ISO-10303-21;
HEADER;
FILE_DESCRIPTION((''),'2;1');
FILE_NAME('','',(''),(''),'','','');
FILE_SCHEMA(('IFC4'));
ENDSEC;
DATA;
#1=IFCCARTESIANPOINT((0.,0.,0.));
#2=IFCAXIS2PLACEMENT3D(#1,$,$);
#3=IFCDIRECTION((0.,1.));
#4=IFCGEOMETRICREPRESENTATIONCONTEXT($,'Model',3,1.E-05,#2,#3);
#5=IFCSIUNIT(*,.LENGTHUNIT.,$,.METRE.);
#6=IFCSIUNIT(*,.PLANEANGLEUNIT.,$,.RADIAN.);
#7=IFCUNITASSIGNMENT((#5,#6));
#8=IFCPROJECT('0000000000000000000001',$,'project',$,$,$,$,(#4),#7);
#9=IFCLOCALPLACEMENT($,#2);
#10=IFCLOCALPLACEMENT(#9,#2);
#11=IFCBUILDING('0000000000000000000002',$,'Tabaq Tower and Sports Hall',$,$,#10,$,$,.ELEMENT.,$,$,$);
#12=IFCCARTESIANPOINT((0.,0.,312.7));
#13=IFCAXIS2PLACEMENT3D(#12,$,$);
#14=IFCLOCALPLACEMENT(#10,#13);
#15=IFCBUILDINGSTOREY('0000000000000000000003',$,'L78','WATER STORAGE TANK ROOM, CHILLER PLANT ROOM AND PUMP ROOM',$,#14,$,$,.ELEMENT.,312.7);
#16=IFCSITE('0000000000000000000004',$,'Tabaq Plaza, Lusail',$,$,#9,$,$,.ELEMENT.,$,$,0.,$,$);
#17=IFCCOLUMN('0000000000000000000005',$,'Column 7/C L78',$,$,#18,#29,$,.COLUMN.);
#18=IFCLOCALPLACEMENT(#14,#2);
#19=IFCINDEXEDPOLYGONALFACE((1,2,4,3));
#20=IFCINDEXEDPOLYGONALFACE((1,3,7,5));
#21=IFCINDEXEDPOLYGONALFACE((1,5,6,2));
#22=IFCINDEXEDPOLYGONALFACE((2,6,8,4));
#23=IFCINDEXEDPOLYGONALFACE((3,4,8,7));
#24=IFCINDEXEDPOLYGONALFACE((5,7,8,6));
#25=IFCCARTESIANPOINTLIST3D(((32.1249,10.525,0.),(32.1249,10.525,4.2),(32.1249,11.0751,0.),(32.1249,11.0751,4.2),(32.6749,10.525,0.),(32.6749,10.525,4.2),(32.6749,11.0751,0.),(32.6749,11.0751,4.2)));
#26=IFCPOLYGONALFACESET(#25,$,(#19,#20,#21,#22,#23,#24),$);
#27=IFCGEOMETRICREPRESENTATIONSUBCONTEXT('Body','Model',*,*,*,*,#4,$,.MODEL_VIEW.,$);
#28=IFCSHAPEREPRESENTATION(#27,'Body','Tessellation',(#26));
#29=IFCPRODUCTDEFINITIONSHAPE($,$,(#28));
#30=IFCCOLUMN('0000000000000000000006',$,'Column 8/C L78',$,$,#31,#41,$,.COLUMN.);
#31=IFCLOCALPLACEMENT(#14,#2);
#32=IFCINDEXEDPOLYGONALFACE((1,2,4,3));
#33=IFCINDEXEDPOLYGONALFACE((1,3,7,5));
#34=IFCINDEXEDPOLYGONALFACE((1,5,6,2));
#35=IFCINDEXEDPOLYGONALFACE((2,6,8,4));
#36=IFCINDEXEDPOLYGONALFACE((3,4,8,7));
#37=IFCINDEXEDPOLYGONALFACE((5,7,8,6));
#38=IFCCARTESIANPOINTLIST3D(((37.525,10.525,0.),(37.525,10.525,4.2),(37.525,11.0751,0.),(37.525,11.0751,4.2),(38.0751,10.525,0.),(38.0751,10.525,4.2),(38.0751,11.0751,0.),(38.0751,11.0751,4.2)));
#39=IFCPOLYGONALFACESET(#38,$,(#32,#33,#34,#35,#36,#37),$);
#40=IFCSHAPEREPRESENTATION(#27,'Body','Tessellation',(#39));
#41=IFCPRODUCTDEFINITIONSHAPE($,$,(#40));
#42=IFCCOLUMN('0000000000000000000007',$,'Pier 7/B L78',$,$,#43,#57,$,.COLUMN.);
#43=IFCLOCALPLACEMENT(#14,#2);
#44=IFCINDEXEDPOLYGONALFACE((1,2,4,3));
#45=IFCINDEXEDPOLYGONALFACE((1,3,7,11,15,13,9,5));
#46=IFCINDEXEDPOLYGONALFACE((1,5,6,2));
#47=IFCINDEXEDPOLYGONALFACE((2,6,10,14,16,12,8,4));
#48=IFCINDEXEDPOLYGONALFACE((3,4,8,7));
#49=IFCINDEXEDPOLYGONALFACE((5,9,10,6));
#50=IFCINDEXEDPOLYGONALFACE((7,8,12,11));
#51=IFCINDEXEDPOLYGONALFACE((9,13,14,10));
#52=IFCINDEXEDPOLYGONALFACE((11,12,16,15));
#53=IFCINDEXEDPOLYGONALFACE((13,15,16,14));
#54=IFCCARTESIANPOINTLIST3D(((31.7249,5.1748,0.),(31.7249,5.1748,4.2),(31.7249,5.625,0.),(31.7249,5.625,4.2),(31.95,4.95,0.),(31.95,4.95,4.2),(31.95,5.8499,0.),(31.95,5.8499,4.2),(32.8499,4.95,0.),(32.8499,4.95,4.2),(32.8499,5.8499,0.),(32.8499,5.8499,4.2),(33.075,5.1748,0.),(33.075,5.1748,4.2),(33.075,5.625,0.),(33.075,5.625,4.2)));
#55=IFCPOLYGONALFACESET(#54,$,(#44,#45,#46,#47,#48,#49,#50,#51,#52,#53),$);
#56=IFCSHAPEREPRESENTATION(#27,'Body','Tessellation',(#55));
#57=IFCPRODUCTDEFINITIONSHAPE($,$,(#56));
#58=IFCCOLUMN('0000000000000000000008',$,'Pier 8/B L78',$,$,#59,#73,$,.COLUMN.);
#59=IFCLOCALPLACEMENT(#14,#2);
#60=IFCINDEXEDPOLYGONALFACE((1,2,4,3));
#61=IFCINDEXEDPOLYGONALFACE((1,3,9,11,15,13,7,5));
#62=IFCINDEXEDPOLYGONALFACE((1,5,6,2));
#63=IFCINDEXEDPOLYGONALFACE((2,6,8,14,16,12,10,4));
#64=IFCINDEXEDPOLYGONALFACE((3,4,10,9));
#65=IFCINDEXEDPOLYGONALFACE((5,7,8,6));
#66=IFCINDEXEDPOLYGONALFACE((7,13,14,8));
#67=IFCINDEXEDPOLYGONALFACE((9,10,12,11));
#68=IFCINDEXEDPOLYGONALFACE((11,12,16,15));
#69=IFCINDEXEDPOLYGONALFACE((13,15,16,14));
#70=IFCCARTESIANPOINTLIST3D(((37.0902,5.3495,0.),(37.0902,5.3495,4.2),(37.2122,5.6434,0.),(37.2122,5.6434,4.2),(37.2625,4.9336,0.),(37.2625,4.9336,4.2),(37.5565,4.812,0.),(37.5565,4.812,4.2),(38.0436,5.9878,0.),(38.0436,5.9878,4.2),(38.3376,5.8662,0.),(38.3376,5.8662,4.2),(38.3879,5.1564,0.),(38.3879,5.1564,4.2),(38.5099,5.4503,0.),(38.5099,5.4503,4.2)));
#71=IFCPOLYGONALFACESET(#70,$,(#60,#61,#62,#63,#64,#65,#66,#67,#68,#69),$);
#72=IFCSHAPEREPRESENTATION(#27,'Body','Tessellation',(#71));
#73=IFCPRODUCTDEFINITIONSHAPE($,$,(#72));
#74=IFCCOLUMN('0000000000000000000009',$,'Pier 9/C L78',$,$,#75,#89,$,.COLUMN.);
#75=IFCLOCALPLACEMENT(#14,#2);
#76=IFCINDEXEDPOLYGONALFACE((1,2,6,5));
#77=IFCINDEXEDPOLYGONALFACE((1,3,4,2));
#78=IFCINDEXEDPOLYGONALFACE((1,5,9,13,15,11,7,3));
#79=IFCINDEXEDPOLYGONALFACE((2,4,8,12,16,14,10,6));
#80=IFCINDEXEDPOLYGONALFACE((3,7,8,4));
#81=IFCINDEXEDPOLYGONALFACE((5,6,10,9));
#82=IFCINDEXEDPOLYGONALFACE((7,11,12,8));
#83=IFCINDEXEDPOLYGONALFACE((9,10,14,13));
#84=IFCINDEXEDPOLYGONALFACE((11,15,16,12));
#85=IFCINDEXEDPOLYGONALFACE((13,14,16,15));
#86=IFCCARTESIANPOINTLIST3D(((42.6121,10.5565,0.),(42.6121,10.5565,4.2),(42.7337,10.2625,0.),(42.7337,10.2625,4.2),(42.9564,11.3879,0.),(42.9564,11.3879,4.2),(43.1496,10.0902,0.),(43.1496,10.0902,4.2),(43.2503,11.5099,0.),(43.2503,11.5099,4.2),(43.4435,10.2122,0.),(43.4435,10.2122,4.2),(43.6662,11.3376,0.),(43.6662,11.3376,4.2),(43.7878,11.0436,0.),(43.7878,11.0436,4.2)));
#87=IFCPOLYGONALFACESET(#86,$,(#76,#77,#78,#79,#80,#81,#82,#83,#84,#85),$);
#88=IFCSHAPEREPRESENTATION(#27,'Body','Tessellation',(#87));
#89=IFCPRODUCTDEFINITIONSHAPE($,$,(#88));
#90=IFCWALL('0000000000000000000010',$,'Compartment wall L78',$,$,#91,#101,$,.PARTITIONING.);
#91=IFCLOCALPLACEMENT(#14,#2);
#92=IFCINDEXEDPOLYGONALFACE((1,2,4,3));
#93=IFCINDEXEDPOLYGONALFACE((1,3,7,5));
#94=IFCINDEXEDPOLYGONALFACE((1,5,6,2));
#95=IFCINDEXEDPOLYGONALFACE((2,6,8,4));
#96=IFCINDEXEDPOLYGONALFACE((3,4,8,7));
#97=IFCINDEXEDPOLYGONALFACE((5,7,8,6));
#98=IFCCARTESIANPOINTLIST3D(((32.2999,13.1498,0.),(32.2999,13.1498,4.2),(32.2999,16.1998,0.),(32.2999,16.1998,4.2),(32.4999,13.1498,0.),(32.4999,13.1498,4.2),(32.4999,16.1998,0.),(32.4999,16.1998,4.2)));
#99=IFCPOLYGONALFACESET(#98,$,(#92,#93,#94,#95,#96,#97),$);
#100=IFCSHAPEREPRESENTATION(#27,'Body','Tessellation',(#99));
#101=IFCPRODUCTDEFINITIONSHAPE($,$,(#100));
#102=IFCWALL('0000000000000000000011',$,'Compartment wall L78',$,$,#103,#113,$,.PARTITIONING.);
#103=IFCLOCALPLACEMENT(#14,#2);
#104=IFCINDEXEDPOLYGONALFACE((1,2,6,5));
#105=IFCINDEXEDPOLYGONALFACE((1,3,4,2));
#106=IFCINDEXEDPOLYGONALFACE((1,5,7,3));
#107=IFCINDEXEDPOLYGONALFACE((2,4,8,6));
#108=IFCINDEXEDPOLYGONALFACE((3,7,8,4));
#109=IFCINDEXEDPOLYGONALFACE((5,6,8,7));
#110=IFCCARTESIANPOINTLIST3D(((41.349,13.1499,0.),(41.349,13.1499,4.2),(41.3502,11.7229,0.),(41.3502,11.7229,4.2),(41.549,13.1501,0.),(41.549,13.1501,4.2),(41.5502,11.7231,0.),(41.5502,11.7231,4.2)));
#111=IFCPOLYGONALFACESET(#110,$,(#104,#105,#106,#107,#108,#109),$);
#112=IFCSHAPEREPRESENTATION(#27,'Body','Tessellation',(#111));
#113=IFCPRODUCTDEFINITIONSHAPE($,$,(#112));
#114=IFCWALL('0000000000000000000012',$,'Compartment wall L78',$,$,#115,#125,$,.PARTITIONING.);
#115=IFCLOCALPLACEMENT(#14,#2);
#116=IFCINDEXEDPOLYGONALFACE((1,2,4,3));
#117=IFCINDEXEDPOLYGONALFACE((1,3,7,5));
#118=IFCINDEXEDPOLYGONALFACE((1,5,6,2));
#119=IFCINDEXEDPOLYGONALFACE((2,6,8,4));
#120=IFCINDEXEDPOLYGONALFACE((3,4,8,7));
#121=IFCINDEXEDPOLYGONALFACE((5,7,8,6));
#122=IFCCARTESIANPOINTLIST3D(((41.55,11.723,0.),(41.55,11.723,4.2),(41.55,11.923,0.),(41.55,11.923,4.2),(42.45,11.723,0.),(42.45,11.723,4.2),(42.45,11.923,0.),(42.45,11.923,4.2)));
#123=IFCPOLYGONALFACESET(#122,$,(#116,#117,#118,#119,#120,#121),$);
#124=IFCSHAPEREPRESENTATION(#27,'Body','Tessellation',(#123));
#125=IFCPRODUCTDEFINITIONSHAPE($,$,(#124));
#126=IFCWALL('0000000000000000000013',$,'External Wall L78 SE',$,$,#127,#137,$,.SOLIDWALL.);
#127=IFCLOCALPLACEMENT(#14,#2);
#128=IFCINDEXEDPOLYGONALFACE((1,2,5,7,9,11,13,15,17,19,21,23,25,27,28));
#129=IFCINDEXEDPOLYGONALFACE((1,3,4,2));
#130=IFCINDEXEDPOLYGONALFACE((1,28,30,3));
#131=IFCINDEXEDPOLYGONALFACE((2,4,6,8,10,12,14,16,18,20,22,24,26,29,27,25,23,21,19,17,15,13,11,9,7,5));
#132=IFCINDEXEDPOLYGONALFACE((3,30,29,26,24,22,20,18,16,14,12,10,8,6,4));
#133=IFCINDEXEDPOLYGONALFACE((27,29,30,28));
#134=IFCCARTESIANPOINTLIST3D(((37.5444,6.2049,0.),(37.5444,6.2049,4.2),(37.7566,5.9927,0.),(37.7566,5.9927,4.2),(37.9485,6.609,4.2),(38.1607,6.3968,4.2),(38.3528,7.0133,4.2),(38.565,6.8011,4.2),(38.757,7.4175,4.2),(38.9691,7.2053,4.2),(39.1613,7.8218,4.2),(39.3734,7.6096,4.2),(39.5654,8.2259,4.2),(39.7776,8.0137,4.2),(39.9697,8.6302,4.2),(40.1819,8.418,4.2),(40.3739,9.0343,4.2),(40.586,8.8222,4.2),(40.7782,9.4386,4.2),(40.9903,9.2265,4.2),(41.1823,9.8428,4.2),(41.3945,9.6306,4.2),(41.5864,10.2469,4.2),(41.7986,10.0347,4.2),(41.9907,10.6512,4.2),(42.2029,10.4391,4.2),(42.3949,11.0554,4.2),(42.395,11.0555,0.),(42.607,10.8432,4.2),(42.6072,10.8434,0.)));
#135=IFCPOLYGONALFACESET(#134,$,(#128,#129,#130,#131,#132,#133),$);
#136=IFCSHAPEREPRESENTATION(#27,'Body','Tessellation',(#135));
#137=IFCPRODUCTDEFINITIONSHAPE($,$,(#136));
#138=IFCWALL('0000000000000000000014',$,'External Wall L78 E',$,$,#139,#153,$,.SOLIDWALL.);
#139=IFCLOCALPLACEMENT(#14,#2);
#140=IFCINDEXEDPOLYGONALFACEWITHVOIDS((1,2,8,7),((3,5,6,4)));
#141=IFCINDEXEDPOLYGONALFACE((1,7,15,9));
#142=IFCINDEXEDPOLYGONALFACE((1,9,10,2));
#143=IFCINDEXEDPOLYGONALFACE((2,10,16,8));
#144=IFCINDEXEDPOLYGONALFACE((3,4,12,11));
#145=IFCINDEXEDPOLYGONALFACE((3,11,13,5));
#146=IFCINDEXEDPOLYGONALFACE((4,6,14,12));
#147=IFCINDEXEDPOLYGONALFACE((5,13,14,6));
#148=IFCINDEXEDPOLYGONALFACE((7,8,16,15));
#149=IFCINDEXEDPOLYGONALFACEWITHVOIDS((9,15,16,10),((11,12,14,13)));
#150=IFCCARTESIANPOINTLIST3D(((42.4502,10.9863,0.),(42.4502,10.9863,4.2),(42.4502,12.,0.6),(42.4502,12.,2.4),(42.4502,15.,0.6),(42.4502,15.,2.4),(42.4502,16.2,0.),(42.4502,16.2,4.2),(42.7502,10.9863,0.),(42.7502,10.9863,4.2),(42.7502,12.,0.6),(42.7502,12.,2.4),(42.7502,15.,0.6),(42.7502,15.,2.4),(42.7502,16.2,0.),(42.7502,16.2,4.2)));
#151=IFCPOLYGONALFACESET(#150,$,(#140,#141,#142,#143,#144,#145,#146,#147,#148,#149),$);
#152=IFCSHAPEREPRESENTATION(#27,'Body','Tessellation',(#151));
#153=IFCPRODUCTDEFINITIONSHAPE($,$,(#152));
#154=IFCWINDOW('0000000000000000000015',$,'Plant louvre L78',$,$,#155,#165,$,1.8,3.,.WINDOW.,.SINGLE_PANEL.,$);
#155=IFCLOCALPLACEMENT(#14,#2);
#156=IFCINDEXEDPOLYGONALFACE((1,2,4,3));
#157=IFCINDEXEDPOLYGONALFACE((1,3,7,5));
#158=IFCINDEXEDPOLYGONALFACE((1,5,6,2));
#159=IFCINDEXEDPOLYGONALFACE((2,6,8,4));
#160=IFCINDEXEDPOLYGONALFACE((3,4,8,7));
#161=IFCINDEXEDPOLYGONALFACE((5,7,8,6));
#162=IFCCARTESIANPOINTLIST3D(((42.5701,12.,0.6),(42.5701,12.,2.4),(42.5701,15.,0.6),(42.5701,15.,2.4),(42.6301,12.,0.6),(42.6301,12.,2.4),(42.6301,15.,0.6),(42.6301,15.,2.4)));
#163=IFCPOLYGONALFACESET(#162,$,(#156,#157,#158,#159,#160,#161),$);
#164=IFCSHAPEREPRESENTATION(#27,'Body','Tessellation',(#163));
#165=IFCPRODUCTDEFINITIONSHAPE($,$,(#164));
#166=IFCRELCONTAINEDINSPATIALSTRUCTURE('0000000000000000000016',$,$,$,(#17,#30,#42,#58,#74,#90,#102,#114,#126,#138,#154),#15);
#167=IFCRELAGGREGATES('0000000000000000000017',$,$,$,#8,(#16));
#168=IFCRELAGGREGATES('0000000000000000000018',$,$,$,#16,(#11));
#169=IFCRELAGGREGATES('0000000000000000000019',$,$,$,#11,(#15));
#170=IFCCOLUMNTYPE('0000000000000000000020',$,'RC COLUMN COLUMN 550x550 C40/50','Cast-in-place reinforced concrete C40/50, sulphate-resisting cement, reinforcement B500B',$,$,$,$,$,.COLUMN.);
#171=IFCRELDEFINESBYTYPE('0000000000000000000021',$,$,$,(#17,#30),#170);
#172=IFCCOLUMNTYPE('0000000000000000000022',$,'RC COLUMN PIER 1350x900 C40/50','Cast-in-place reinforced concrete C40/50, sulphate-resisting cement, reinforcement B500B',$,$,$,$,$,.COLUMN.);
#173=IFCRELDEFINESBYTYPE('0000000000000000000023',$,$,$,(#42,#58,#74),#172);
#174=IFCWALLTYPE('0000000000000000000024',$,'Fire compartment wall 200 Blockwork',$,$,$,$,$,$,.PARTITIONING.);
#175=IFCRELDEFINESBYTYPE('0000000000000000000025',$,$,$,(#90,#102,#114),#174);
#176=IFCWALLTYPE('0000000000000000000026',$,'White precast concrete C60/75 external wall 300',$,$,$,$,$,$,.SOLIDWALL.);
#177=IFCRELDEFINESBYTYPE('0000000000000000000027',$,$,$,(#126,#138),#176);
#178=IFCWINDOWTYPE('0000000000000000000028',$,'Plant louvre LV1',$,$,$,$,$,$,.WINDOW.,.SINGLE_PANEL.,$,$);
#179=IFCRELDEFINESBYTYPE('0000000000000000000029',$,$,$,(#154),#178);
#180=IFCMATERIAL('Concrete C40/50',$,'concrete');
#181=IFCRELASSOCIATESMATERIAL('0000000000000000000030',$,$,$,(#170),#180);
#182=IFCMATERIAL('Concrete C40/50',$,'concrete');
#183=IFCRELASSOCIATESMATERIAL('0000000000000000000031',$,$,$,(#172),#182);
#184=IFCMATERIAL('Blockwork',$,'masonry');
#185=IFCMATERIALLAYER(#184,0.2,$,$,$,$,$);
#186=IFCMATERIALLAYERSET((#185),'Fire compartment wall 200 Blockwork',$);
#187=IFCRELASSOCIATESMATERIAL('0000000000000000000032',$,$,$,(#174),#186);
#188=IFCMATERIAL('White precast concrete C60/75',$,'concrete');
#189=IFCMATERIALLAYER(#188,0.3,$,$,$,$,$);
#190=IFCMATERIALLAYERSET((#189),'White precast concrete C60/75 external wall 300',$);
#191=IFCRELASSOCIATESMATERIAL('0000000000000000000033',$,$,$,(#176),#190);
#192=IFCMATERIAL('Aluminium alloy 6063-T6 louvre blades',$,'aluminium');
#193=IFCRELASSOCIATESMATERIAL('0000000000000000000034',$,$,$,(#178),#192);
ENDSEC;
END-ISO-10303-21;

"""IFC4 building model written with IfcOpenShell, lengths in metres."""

from ifc_helpers import new_model, si_unit, direction, frame, frame_2d, origin, origin_2d, place, context, subcontext, project, spatial, polyline, rectangle, outline, extrude, material, layer, layer_set, material_profile, profile_set, type_object, element, fill, save


model = new_model("IFC4")

# Units and contexts
model_context = context("Model", 3, precision=1e-05, world=origin(), true_north=direction((0.0, 1.0)))
body_context = subcontext(model_context, "Body", "Model", "MODEL_VIEW")
ifc_project = project(units=[si_unit("LENGTHUNIT", "METRE"), si_unit("PLANEANGLEUNIT", "RADIAN")], contexts=[model_context])

# Site, building, storey
site_placement = place(None, origin())
site = spatial("IfcSite", under=ifc_project, at=site_placement, Name="Tabaq Plaza, Lusail", CompositionType="ELEMENT", RefElevation=0.0)
building_placement = place(site_placement, origin())
building = spatial("IfcBuilding", under=site, at=building_placement, Name="Tabaq Tower and Sports Hall", CompositionType="ELEMENT")
storey_placement = place(building_placement, frame((0.0, 0.0, 312.7)))
storey = spatial("IfcBuildingStorey", under=building, at=storey_placement, Name="L78", Description="WATER STORAGE TANK ROOM, CHILLER PLANT ROOM AND PUMP ROOM", CompositionType="ELEMENT", Elevation=312.7)

# Columns
ifc_material_1 = material(Name="Concrete C40/50", Category="concrete")
ifc_material_profile_1 = material_profile(ifc_material_1, rectangle(XDim=0.55, YDim=0.55, at=origin_2d()), Name="COLUMN 550x550")
ifc_profile_set_1 = profile_set([ifc_material_profile_1], Name="Concrete C40/50")
column_type_1 = type_object("IfcColumnType", Name="RC COLUMN COLUMN 550x550 C40/50", Description="Cast-in-place reinforced concrete C40/50, sulphate-resisting cement, reinforcement B500B", PredefinedType="COLUMN", material=ifc_profile_set_1)
for number, where, z_axis, x_axis, name in (
    (1, (32.3999, 10.8, 0.0), (0.0, 0.0, 1.0), (1.0, 0.0, 0.0), "Column 7/C L78"),
    (2, (37.8, 10.8, 0.0), (0.0, 0.0, 1.0), (1.0, 0.0, 0.0), "Column 8/C L78"),
):
    element("IfcColumn", number, at=place(storey_placement, frame(where, z_axis=z_axis, x_axis=x_axis)), inside=storey, type_object=column_type_1, Name=name, PredefinedType="COLUMN", context=body_context, shape_type="SweptSolid", body=[
        extrude(rectangle(XDim=0.55, YDim=0.55, at=origin_2d()), origin(), (0.0, 0.0, 1.0), 4.2),
    ])
ifc_material_2 = material(Name="Concrete C40/50", Category="concrete")
ifc_material_profile_2 = material_profile(ifc_material_2, outline(polyline([(-0.45, -0.45), (0.45, -0.45), (0.675, -0.2251), (0.675, 0.2251), (0.45, 0.45), (-0.45, 0.45), (-0.675, 0.2251), (-0.675, -0.2251), (-0.45, -0.45)])), Name="PIER 1350x900")
ifc_profile_set_2 = profile_set([ifc_material_profile_2], Name="Concrete C40/50")
column_type_2 = type_object("IfcColumnType", Name="RC COLUMN PIER 1350x900 C40/50", Description="Cast-in-place reinforced concrete C40/50, sulphate-resisting cement, reinforcement B500B", PredefinedType="COLUMN", material=ifc_profile_set_2)
for number, where, z_axis, x_axis, name in (
    (3, (32.3999, 5.3999, 0.0), (0.0, 0.0, 1.0), (1.0, 0.0, 0.0), "Pier 7/B L78"),
    (4, (37.8, 5.3999, 0.0), (0.0, 0.0, 1.0), (0.92388, 0.382683, 0.0), "Pier 8/B L78"),
    (5, (43.2, 10.8, 0.0), (0.0, 0.0, 1.0), (0.382683, 0.92388, 0.0), "Pier 9/C L78"),
):
    element("IfcColumn", number, at=place(storey_placement, frame(where, z_axis=z_axis, x_axis=x_axis)), inside=storey, type_object=column_type_2, Name=name, PredefinedType="COLUMN", context=body_context, shape_type="SweptSolid", body=[
        extrude(outline(polyline([(-0.45, -0.45), (0.45, -0.45), (0.675, -0.2251), (0.675, 0.2251), (0.45, 0.45), (-0.45, 0.45), (-0.675, 0.2251), (-0.675, -0.2251), (-0.45, -0.45)])), origin(), (0.0, 0.0, 1.0), 4.2),
    ])

# Walls
ifc_material_3 = material(Name="Blockwork", Category="masonry")
ifc_layer_1 = layer(ifc_material_3, 0.2)
ifc_layer_set_1 = layer_set([ifc_layer_1], Name="Fire compartment wall 200 Blockwork")
wall_type_1 = type_object("IfcWallType", Name="Fire compartment wall 200 Blockwork", PredefinedType="PARTITIONING", material=ifc_layer_set_1)
wall_1_placement = place(storey_placement, frame((32.3999, 13.1499, 0.0), z_axis=(0.0, 0.0, 1.0), x_axis=(0.0, 1.0, 0.0)))
element("IfcWall", 6, at=wall_1_placement, inside=storey, type_object=wall_type_1, Name="Compartment wall L78", PredefinedType="PARTITIONING", context=body_context, shape_type="SweptSolid", body=[
    extrude(rectangle(XDim=3.05, YDim=0.2, at=frame_2d((1.5249, 0.0))), origin(), (0.0, 0.0, 1.0), 4.2),
])
wall_2_placement = place(storey_placement, frame((41.449, 13.1499, 0.0), z_axis=(0.0, 0.0, 1.0), x_axis=(0.000855, -1.0, 0.0)))
element("IfcWall", 7, at=wall_2_placement, inside=storey, type_object=wall_type_1, Name="Compartment wall L78", PredefinedType="PARTITIONING", context=body_context, shape_type="SweptSolid", body=[
    extrude(rectangle(XDim=1.427, YDim=0.2, at=frame_2d((0.7134, 0.0))), origin(), (0.0, 0.0, 1.0), 4.2),
])
wall_3_placement = place(storey_placement, frame((41.55, 11.823, 0.0), z_axis=(0.0, 0.0, 1.0), x_axis=(1.0, 0.0, 0.0)))
element("IfcWall", 8, at=wall_3_placement, inside=storey, type_object=wall_type_1, Name="Compartment wall L78", PredefinedType="PARTITIONING", context=body_context, shape_type="SweptSolid", body=[
    extrude(rectangle(XDim=0.8999, YDim=0.2, at=frame_2d((0.45, 0.0))), origin(), (0.0, 0.0, 1.0), 4.2),
])
ifc_material_4 = material(Name="White precast concrete C60/75", Category="concrete")
ifc_layer_2 = layer(ifc_material_4, 0.3)
ifc_layer_set_2 = layer_set([ifc_layer_2], Name="White precast concrete C60/75 external wall 300")
wall_type_2 = type_object("IfcWallType", Name="White precast concrete C60/75 external wall 300", PredefinedType="SOLIDWALL", material=ifc_layer_set_2)
wall_4_placement = place(storey_placement, frame((37.6504, 6.0989, 0.0), z_axis=(0.0, 0.0, 1.0), x_axis=(0.707107, 0.707107, 0.0)))
element("IfcWall", 9, at=wall_4_placement, inside=storey, type_object=wall_type_2, Name="External Wall L78 SE", PredefinedType="SOLIDWALL", context=body_context, shape_type="SweptSolid", body=[
    extrude(outline(polyline([(0.0, 0.0), (6.8599, 0.0), (6.8596, 4.2), (6.2881, 4.2), (5.7163, 4.2), (5.1448, 4.2), (4.5732, 4.2), (4.0015, 4.2), (3.4299, 4.2), (2.8582, 4.2), (2.2866, 4.2), (1.7148, 4.2), (1.1433, 4.2), (0.5715, 4.2), (0.0, 4.2), (0.0, 0.0)])), frame((0.0, 0.1499, 0.0), z_axis=(0.0, -1.0, 0.0), x_axis=(1.0, 0.0, 0.0)), (0.0, 0.0, 1.0), 0.3),
])

# Wall, opening, window
wall_5_placement = place(storey_placement, frame((42.6001, 10.9863, 0.0), z_axis=(0.0, 0.0, 1.0), x_axis=(0.0, 1.0, 0.0)))
wall_5 = element("IfcWall", 10, at=wall_5_placement, inside=storey, type_object=wall_type_2, Name="External Wall L78 E", PredefinedType="SOLIDWALL", context=body_context, shape_type="SweptSolid", body=[
    extrude(outline(polyline([(0.0, 0.0), (5.2136, 0.0), (5.2136, 4.2), (4.6343, 4.2), (4.0549, 4.2), (3.4758, 4.2), (2.8965, 4.2), (2.3171, 4.2), (1.7378, 4.2), (1.1587, 4.2), (0.5793, 4.2), (0.0, 4.2), (0.0, 0.0)])), frame((0.0, 0.1499, 0.0), z_axis=(0.0, -1.0, 0.0), x_axis=(1.0, 0.0, 0.0)), (0.0, 0.0, 1.0), 0.3),
])
opening_1_placement = place(wall_5_placement, frame((1.0137, 0.0, 0.6001)))
opening_1 = element("IfcOpeningElement", 11, at=opening_1_placement, cuts=wall_5, PredefinedType="OPENING", context=body_context, shape_type="SweptSolid", body=[
    extrude(rectangle(XDim=3.0, YDim=1.8, at=frame_2d((1.5, 0.8999))), frame((0.0, 0.1602, 0.0), z_axis=(0.0, -1.0, 0.0), x_axis=(1.0, 0.0, 0.0)), (0.0, 0.0, 1.0), 0.3201),
])
ifc_material_5 = material(Name="Aluminium alloy 6063-T6 louvre blades", Category="aluminium")
window_type = type_object("IfcWindowType", Name="Plant louvre LV1", PartitioningType="SINGLE_PANEL", PredefinedType="WINDOW", material=ifc_material_5)
window_placement = place(opening_1_placement, origin())
window = element("IfcWindow", 12, at=window_placement, inside=storey, type_object=window_type, Name="Plant louvre L78", OverallHeight=1.8, OverallWidth=3.0, PartitioningType="SINGLE_PANEL", PredefinedType="WINDOW", context=body_context, shape_type="SweptSolid", body=[
    extrude(rectangle(XDim=3.0, YDim=1.8, at=frame_2d((1.5, 0.8999))), frame((0.0, 0.03, 0.0), z_axis=(0.0, -1.0, 0.0), x_axis=(1.0, 0.0, 0.0)), (0.0, 0.0, 1.0), 0.0601),
])
fill(opening_1, window)

save(model, "model.ifc")
